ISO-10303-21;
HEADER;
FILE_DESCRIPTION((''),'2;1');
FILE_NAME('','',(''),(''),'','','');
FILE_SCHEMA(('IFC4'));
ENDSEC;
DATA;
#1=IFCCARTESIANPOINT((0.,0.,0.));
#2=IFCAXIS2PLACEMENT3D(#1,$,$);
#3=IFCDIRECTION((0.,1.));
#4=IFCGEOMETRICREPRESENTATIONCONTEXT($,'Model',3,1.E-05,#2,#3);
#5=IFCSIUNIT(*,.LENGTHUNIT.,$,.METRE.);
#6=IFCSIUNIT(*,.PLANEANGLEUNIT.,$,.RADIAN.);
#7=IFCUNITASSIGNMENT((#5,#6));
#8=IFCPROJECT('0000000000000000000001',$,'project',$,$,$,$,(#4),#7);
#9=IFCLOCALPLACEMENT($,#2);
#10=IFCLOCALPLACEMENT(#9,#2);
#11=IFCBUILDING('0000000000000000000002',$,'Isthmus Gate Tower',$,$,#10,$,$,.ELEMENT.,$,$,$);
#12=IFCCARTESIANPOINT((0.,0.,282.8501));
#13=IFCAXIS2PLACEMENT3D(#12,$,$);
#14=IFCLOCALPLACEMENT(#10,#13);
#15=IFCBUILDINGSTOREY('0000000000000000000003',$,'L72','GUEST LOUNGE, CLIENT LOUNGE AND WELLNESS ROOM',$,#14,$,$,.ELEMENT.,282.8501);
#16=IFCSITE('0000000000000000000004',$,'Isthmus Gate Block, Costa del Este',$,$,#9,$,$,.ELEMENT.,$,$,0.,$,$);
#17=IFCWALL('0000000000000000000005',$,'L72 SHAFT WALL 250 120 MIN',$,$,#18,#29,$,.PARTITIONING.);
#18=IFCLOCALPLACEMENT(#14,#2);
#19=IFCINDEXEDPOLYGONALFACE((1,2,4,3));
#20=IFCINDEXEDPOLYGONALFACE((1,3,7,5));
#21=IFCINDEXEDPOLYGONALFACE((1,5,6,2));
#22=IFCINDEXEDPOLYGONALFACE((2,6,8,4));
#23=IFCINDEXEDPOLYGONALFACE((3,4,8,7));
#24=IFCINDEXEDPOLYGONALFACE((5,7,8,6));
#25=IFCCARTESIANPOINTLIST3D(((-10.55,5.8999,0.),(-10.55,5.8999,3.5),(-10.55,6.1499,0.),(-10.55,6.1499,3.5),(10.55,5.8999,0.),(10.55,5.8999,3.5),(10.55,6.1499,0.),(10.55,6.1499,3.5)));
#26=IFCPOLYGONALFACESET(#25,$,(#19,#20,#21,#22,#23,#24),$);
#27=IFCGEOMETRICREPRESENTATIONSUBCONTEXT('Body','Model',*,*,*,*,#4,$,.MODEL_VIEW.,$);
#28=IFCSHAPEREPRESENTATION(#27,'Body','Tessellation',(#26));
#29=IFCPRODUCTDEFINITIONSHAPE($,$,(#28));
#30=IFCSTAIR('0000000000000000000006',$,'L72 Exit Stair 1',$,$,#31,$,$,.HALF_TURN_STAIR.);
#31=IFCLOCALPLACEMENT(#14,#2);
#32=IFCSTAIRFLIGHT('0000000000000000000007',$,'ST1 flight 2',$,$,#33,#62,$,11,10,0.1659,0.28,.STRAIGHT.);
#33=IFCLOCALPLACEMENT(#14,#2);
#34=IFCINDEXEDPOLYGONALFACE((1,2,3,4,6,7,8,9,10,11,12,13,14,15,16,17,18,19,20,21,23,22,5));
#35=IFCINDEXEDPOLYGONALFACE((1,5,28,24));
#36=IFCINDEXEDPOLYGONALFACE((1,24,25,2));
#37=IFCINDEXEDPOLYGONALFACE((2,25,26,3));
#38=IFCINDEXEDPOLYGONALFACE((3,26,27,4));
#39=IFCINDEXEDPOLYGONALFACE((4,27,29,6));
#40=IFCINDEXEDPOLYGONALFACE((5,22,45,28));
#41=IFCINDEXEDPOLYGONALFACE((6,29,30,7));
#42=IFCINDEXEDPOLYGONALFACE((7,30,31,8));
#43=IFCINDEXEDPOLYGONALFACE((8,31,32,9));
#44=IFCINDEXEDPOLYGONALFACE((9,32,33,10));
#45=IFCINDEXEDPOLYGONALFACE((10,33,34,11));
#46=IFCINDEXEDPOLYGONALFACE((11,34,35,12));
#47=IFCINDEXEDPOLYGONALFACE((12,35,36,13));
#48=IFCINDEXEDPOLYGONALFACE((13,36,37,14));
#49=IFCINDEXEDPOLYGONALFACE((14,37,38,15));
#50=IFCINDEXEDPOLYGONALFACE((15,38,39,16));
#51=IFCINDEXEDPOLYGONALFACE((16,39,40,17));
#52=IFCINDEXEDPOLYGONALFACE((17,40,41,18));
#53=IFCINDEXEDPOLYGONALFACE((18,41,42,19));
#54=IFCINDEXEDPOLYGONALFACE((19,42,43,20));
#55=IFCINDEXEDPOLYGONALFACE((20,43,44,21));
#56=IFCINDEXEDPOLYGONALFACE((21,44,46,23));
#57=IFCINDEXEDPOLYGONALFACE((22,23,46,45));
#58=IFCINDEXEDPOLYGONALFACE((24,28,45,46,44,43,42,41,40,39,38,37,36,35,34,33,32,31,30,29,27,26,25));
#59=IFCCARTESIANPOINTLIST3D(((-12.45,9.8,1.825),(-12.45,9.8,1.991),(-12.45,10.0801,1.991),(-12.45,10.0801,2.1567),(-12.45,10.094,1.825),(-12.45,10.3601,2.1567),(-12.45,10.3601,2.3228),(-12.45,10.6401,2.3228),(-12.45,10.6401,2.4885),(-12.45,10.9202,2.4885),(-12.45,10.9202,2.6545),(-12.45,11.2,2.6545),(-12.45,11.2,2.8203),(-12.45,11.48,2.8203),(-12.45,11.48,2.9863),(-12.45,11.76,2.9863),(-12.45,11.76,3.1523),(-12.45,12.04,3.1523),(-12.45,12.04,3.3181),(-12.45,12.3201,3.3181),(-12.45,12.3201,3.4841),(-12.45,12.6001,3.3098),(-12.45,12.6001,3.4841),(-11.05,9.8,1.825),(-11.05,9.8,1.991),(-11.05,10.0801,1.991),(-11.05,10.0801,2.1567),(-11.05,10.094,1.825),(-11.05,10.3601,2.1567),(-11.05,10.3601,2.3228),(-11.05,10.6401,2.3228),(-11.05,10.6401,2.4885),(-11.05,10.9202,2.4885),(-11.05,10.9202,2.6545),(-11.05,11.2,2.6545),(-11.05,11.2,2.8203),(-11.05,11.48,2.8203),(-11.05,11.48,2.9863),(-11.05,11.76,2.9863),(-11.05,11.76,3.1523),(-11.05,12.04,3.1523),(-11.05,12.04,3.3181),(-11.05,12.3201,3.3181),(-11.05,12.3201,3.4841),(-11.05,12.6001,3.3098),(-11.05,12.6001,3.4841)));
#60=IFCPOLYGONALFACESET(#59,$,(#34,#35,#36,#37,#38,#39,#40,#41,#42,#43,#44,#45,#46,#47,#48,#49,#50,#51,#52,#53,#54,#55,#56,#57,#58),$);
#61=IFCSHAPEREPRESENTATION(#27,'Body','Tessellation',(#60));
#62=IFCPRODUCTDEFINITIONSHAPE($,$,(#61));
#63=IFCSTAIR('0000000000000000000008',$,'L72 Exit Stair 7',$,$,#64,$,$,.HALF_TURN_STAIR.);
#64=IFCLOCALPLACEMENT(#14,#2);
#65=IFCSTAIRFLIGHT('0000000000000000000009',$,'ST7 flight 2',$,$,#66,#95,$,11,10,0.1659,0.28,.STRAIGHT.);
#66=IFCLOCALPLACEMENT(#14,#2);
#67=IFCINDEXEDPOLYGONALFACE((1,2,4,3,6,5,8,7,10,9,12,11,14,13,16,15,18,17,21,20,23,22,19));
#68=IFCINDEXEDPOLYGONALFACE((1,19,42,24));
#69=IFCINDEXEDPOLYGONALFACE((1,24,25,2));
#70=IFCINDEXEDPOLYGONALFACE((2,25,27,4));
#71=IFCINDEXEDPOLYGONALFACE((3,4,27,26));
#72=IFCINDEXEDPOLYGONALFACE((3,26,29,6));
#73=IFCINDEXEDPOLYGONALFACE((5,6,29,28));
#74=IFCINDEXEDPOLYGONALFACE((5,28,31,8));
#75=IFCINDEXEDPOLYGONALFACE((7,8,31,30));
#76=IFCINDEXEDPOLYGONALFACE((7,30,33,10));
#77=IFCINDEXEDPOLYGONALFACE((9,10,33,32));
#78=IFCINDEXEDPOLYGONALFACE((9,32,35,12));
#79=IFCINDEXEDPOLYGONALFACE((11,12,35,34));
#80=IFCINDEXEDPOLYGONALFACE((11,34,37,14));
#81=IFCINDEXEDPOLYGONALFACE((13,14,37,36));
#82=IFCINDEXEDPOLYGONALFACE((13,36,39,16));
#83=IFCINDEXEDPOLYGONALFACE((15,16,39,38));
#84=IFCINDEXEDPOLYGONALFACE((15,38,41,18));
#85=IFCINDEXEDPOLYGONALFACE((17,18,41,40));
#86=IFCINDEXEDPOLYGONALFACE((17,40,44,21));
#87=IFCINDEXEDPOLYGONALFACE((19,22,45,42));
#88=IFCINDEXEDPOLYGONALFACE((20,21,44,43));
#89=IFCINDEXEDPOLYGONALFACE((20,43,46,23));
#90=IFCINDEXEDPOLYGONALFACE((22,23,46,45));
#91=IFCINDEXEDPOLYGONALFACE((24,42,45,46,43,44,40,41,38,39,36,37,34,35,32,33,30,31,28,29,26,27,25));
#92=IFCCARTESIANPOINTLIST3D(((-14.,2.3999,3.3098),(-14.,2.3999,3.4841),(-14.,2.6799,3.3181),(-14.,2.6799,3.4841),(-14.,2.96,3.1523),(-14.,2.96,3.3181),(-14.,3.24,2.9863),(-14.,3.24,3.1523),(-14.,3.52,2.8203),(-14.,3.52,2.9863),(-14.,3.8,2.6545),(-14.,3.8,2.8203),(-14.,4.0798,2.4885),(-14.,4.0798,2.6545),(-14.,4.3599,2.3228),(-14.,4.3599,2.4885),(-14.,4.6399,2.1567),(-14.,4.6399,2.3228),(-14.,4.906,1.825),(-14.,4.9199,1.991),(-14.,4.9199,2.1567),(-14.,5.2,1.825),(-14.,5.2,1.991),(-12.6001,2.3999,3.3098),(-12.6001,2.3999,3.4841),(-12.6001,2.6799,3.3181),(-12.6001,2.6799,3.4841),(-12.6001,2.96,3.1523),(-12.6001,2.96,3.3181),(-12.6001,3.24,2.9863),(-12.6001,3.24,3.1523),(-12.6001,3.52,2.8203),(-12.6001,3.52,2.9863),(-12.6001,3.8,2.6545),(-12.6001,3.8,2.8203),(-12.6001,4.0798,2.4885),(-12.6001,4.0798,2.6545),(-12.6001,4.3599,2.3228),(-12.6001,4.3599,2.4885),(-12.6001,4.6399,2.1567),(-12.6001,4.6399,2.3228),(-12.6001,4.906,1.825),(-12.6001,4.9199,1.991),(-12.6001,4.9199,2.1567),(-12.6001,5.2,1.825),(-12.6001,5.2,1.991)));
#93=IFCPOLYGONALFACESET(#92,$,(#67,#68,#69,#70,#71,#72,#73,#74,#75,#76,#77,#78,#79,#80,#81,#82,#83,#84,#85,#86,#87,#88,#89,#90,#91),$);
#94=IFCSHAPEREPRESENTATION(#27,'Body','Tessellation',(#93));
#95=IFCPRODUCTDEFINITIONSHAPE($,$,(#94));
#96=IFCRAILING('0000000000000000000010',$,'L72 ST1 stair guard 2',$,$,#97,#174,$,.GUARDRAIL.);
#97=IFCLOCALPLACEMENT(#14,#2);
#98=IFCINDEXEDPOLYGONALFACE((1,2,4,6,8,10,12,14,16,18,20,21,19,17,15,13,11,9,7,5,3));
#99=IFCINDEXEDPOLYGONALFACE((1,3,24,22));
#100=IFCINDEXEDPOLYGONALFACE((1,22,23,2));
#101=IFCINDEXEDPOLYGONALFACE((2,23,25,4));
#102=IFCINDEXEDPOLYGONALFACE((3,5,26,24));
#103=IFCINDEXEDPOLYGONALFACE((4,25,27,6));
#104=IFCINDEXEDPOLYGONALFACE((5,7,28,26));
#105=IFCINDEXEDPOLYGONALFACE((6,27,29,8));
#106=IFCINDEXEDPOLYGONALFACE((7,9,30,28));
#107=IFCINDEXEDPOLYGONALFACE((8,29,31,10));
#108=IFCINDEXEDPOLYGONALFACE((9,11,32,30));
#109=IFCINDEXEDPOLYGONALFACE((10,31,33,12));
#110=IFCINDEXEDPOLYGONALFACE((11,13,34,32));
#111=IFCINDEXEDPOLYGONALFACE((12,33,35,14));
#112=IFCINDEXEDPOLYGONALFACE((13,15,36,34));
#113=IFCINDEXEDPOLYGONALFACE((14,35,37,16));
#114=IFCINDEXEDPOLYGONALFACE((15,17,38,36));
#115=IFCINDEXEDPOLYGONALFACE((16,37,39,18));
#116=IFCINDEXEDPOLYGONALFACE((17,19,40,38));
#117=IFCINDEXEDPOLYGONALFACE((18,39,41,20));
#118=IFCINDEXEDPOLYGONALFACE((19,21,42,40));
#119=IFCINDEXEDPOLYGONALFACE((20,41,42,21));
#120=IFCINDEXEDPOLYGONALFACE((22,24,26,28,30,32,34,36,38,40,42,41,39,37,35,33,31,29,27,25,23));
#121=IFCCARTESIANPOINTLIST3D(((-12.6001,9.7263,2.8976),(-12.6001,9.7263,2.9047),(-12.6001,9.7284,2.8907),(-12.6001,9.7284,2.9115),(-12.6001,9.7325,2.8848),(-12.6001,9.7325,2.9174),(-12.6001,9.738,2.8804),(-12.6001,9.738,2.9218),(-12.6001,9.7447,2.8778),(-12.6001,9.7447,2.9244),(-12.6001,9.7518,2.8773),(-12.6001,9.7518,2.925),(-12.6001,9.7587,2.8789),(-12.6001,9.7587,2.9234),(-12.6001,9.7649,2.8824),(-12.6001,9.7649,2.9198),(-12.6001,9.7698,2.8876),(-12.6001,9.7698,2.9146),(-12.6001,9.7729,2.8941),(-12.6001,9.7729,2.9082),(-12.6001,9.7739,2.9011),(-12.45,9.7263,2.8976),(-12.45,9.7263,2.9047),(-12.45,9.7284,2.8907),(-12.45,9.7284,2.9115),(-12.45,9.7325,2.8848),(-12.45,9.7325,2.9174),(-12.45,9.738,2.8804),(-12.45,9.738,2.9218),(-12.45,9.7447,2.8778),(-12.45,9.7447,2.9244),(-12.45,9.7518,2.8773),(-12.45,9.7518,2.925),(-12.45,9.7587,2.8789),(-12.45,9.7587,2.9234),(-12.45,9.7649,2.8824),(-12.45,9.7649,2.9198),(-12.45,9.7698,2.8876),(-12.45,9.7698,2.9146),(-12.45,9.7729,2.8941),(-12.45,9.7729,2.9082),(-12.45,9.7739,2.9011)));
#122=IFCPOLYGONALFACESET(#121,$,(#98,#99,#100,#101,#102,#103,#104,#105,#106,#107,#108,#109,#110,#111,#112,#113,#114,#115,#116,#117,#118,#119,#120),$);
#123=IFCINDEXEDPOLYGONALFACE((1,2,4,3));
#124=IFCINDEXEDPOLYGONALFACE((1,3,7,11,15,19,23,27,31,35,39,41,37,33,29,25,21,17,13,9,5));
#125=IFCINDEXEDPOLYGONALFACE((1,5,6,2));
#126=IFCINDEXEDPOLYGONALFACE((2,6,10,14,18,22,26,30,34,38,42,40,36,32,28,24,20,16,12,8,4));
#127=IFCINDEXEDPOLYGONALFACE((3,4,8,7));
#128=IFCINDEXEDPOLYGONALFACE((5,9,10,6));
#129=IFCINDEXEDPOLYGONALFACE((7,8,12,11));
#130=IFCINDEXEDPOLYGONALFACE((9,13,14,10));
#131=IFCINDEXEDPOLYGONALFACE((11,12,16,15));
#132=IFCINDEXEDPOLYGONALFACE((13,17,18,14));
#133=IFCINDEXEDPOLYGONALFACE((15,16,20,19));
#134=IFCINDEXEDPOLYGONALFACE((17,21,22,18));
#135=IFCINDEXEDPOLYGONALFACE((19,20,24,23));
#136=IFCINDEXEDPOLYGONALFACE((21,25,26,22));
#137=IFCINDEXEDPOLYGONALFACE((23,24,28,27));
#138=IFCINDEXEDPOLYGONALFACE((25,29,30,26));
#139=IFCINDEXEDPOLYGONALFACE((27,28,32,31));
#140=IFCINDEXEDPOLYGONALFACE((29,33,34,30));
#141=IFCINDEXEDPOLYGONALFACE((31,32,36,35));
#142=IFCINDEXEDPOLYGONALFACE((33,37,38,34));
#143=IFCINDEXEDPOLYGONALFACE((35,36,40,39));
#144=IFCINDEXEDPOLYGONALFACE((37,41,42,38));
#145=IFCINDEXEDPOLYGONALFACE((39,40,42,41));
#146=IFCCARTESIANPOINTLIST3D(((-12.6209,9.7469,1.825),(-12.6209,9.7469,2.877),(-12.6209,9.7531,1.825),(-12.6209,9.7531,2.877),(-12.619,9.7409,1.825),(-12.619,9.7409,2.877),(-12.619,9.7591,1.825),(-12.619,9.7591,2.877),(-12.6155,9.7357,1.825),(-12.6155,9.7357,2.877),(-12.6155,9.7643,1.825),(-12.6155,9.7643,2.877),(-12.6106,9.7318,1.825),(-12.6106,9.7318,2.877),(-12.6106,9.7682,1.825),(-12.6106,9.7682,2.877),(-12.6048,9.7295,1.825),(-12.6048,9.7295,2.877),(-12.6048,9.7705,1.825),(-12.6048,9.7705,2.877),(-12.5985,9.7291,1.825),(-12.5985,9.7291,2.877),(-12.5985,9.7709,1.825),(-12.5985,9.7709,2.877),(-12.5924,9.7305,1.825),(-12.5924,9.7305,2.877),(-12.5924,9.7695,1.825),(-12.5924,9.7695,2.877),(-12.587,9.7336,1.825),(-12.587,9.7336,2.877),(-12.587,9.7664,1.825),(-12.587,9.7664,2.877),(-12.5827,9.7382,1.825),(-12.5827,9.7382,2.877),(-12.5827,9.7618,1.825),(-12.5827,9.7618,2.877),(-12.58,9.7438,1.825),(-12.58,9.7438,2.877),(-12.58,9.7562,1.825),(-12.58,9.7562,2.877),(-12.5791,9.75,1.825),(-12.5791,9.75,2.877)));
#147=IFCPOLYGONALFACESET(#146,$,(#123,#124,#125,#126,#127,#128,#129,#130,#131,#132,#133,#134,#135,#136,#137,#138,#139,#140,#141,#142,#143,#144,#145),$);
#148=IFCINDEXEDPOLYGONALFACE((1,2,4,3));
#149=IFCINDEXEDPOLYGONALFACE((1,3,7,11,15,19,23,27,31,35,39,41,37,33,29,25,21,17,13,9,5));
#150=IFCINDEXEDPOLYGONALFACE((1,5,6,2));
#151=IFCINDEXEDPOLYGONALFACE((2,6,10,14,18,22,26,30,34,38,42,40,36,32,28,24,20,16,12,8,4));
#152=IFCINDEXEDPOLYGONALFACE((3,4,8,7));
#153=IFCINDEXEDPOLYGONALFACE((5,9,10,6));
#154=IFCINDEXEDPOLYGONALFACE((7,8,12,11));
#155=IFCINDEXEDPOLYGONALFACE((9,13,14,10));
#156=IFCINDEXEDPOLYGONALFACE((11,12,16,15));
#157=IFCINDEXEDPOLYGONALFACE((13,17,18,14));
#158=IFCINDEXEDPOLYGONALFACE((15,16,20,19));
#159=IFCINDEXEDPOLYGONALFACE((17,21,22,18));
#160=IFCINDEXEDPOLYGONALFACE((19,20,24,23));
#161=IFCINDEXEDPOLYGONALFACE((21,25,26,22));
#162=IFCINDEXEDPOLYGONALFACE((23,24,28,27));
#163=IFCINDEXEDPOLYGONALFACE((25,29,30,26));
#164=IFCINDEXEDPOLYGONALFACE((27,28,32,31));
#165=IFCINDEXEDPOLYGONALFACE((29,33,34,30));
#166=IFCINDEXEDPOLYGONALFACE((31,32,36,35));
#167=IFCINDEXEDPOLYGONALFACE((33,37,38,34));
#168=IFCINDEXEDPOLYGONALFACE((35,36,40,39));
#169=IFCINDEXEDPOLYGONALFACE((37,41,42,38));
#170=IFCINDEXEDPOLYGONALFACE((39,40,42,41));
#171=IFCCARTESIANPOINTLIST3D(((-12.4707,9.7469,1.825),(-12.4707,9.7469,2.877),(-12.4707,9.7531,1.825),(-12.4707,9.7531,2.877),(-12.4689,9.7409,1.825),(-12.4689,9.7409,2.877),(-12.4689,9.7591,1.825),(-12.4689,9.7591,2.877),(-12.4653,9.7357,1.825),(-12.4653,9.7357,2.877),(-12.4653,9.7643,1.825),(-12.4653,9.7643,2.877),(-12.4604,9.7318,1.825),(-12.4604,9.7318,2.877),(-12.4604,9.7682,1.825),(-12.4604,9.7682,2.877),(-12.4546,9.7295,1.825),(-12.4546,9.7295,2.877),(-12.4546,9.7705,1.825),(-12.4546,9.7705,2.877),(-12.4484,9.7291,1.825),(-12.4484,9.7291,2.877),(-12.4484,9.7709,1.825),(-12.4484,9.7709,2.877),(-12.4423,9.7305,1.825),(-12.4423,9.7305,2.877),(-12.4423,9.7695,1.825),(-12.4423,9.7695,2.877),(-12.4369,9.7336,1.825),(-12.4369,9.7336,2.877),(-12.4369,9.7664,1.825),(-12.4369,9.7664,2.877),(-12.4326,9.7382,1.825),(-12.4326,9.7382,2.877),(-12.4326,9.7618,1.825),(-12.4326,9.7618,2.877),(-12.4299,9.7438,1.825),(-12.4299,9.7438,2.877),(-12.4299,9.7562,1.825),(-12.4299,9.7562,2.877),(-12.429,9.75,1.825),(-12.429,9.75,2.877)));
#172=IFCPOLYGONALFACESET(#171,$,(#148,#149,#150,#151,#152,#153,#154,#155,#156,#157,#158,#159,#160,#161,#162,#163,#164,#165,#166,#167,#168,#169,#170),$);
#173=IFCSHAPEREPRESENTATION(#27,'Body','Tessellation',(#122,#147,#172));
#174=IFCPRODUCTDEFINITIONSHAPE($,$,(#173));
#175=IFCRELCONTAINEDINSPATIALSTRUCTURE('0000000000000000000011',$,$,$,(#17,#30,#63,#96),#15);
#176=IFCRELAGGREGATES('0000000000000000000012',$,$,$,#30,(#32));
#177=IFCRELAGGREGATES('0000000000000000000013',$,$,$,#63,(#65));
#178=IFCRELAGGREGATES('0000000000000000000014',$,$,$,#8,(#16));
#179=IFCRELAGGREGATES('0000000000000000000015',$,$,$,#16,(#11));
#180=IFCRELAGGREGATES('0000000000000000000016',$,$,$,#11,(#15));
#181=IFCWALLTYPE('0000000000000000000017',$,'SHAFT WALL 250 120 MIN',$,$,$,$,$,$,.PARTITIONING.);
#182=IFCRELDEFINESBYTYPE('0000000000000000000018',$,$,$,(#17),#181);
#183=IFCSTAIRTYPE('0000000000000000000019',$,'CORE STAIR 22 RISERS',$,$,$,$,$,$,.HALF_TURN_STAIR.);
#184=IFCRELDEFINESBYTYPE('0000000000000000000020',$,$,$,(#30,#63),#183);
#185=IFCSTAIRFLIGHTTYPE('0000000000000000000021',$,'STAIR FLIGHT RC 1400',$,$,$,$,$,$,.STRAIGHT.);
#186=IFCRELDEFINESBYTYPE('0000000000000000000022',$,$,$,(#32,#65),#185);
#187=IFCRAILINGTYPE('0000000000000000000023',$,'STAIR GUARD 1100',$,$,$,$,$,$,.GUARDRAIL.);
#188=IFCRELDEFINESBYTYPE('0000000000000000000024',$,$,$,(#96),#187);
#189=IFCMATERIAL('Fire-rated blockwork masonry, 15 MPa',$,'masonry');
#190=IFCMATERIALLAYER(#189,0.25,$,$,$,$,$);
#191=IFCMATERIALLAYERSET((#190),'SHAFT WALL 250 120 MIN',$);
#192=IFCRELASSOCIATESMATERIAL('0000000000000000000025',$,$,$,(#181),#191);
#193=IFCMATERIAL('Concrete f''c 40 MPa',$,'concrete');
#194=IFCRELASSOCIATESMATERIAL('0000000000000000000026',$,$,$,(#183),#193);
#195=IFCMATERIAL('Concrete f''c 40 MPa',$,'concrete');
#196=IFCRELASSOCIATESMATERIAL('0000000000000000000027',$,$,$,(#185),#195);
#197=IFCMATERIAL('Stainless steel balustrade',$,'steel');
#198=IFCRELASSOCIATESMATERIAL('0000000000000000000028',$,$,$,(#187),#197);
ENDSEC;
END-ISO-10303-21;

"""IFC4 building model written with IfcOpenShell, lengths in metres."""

from ifc_helpers import new_model, si_unit, direction, frame, frame_2d, origin, origin_2d, place, context, subcontext, project, spatial, polyline, rectangle, circle, outline, extrude, material, layer, layer_set, type_object, element, aggregate, save


model = new_model("IFC4")

# Units and contexts
model_context = context("Model", 3, precision=1e-05, world=origin(), true_north=direction((0.0, 1.0)))
body_context = subcontext(model_context, "Body", "Model", "MODEL_VIEW")
ifc_project = project(units=[si_unit("LENGTHUNIT", "METRE"), si_unit("PLANEANGLEUNIT", "RADIAN")], contexts=[model_context])

# Site, building, storey
site_placement = place(None, origin())
site = spatial("IfcSite", under=ifc_project, at=site_placement, Name="Isthmus Gate Block, Costa del Este", CompositionType="ELEMENT", RefElevation=0.0)
building_placement = place(site_placement, origin())
building = spatial("IfcBuilding", under=site, at=building_placement, Name="Isthmus Gate Tower", CompositionType="ELEMENT")
storey_placement = place(building_placement, frame((0.0, 0.0, 282.8501)))
storey = spatial("IfcBuildingStorey", under=building, at=storey_placement, Name="L72", Description="GUEST LOUNGE, CLIENT LOUNGE AND WELLNESS ROOM", CompositionType="ELEMENT", Elevation=282.8501)

# Wall
ifc_material_1 = material(Name="Fire-rated blockwork masonry, 15 MPa", Category="masonry")
ifc_layer_1 = layer(ifc_material_1, 0.25)
ifc_layer_set_1 = layer_set([ifc_layer_1], Name="SHAFT WALL 250 120 MIN")
wall_type_1 = type_object("IfcWallType", Name="SHAFT WALL 250 120 MIN", PredefinedType="PARTITIONING", material=ifc_layer_set_1)
wall_1_placement = place(storey_placement, frame((-10.55, 6.0249, 0.0), z_axis=(0.0, 0.0, 1.0), x_axis=(1.0, 0.0, 0.0)))
element("IfcWall", 1, at=wall_1_placement, inside=storey, type_object=wall_type_1, Name="L72 SHAFT WALL 250 120 MIN", PredefinedType="PARTITIONING", context=body_context, shape_type="SweptSolid", body=[
    extrude(rectangle(XDim=21.1001, YDim=0.25, at=frame_2d((10.55, 0.0))), origin(), (0.0, 0.0, 1.0), 3.5),
])

# Stairs, stair flights
ifc_material_2 = material(Name="Concrete f'c 40 MPa", Category="concrete")
stair_type = type_object("IfcStairType", Name="CORE STAIR 22 RISERS", PredefinedType="HALF_TURN_STAIR", material=ifc_material_2)
stair_1_placement = place(storey_placement, origin())
stair_1 = element("IfcStair", 2, at=stair_1_placement, inside=storey, type_object=stair_type, Name="L72 Exit Stair 1", PredefinedType="HALF_TURN_STAIR")
ifc_material_3 = material(Name="Concrete f'c 40 MPa", Category="concrete")
stair_flight_type = type_object("IfcStairFlightType", Name="STAIR FLIGHT RC 1400", PredefinedType="STRAIGHT", material=ifc_material_3)
stair_flight_1_placement = place(storey_placement, frame((-11.75, 9.8, 1.825), z_axis=(0.0, 0.0, 1.0), x_axis=(0.0, 1.0, 0.0)))
stair_flight_1 = element("IfcStairFlight", 3, at=stair_flight_1_placement, type_object=stair_flight_type, Name="ST1 flight 2", NumberOfRisers=11, NumberOfTreads=10, PredefinedType="STRAIGHT", RiserHeight=0.1659, TreadLength=0.28, context=body_context, shape_type="SweptSolid", body=[
    extrude(outline(polyline([(0.0, 0.0), (0.0, 0.166), (0.28, 0.166), (0.28, 0.3318), (0.5601, 0.3318), (0.5601, 0.4978), (0.8401, 0.4978), (0.8401, 0.6636), (1.1201, 0.6636), (1.1201, 0.8296), (1.3999, 0.8296), (1.3999, 0.9954), (1.6799, 0.9954), (1.6799, 1.1614), (1.96, 1.1614), (1.96, 1.3274), (2.24, 1.3274), (2.24, 1.4932), (2.52, 1.4932), (2.52, 1.6592), (2.8, 1.6592), (2.8, 1.825), (2.8, 1.4849), (0.2939, 0.0), (0.0, 0.0)])), frame((0.0, 0.7, 0.0), z_axis=(0.0, -1.0, 0.0), x_axis=(1.0, 0.0, 0.0)), (0.0, 0.0, 1.0), 1.3999),
])
aggregate(stair_1, [stair_flight_1])
stair_2_placement = place(storey_placement, origin())
stair_2 = element("IfcStair", 4, at=stair_2_placement, inside=storey, type_object=stair_type, Name="L72 Exit Stair 7", PredefinedType="HALF_TURN_STAIR")
stair_flight_2_placement = place(storey_placement, frame((-13.3, 5.2, 1.825), z_axis=(0.0, 0.0, 1.0), x_axis=(0.0, -1.0, 0.0)))
stair_flight_2 = element("IfcStairFlight", 5, at=stair_flight_2_placement, type_object=stair_flight_type, Name="ST7 flight 2", NumberOfRisers=11, NumberOfTreads=10, PredefinedType="STRAIGHT", RiserHeight=0.1659, TreadLength=0.28, context=body_context, shape_type="SweptSolid", body=[
    extrude(outline(polyline([(0.0, 0.0), (0.0, 0.166), (0.28, 0.166), (0.28, 0.3318), (0.5601, 0.3318), (0.5601, 0.4978), (0.8401, 0.4978), (0.8401, 0.6636), (1.1201, 0.6636), (1.1201, 0.8296), (1.3999, 0.8296), (1.3999, 0.9954), (1.6799, 0.9954), (1.6799, 1.1614), (1.96, 1.1614), (1.96, 1.3274), (2.24, 1.3274), (2.24, 1.4932), (2.52, 1.4932), (2.52, 1.6592), (2.8, 1.6592), (2.8, 1.825), (2.8, 1.4849), (0.2939, 0.0), (0.0, 0.0)])), frame((0.0, 0.7, 0.0), z_axis=(0.0, -1.0, 0.0), x_axis=(1.0, 0.0, 0.0)), (0.0, 0.0, 1.0), 1.3999),
])
aggregate(stair_2, [stair_flight_2])

# Railing
ifc_material_4 = material(Name="Stainless steel balustrade", Category="steel")
railing_type_1 = type_object("IfcRailingType", Name="STAIR GUARD 1100", PredefinedType="GUARDRAIL", material=ifc_material_4)
railing_1_placement = place(storey_placement, frame((-12.6001, 9.75, 1.825)))
element("IfcRailing", 6, at=railing_1_placement, inside=storey, type_object=railing_type_1, Name="L72 ST1 stair guard 2", PredefinedType="GUARDRAIL", context=body_context, shape_type="SweptSolid", body=[
    extrude(circle(Radius=0.0239, at=origin_2d()), frame((0.0, 0.0, 1.0762), z_axis=(1.0, 0.0, 0.0), x_axis=(0.0, 1.0, 0.0)), (0.0, 0.0, 1.0), 0.1501),
    extrude(circle(Radius=0.021, at=origin_2d()), origin(), (0.0, 0.0, 1.0), 1.052),
    extrude(circle(Radius=0.021, at=origin_2d()), frame((0.1501, 0.0, 0.0)), (0.0, 0.0, 1.0), 1.052),
])

save(model, "model.ifc")
